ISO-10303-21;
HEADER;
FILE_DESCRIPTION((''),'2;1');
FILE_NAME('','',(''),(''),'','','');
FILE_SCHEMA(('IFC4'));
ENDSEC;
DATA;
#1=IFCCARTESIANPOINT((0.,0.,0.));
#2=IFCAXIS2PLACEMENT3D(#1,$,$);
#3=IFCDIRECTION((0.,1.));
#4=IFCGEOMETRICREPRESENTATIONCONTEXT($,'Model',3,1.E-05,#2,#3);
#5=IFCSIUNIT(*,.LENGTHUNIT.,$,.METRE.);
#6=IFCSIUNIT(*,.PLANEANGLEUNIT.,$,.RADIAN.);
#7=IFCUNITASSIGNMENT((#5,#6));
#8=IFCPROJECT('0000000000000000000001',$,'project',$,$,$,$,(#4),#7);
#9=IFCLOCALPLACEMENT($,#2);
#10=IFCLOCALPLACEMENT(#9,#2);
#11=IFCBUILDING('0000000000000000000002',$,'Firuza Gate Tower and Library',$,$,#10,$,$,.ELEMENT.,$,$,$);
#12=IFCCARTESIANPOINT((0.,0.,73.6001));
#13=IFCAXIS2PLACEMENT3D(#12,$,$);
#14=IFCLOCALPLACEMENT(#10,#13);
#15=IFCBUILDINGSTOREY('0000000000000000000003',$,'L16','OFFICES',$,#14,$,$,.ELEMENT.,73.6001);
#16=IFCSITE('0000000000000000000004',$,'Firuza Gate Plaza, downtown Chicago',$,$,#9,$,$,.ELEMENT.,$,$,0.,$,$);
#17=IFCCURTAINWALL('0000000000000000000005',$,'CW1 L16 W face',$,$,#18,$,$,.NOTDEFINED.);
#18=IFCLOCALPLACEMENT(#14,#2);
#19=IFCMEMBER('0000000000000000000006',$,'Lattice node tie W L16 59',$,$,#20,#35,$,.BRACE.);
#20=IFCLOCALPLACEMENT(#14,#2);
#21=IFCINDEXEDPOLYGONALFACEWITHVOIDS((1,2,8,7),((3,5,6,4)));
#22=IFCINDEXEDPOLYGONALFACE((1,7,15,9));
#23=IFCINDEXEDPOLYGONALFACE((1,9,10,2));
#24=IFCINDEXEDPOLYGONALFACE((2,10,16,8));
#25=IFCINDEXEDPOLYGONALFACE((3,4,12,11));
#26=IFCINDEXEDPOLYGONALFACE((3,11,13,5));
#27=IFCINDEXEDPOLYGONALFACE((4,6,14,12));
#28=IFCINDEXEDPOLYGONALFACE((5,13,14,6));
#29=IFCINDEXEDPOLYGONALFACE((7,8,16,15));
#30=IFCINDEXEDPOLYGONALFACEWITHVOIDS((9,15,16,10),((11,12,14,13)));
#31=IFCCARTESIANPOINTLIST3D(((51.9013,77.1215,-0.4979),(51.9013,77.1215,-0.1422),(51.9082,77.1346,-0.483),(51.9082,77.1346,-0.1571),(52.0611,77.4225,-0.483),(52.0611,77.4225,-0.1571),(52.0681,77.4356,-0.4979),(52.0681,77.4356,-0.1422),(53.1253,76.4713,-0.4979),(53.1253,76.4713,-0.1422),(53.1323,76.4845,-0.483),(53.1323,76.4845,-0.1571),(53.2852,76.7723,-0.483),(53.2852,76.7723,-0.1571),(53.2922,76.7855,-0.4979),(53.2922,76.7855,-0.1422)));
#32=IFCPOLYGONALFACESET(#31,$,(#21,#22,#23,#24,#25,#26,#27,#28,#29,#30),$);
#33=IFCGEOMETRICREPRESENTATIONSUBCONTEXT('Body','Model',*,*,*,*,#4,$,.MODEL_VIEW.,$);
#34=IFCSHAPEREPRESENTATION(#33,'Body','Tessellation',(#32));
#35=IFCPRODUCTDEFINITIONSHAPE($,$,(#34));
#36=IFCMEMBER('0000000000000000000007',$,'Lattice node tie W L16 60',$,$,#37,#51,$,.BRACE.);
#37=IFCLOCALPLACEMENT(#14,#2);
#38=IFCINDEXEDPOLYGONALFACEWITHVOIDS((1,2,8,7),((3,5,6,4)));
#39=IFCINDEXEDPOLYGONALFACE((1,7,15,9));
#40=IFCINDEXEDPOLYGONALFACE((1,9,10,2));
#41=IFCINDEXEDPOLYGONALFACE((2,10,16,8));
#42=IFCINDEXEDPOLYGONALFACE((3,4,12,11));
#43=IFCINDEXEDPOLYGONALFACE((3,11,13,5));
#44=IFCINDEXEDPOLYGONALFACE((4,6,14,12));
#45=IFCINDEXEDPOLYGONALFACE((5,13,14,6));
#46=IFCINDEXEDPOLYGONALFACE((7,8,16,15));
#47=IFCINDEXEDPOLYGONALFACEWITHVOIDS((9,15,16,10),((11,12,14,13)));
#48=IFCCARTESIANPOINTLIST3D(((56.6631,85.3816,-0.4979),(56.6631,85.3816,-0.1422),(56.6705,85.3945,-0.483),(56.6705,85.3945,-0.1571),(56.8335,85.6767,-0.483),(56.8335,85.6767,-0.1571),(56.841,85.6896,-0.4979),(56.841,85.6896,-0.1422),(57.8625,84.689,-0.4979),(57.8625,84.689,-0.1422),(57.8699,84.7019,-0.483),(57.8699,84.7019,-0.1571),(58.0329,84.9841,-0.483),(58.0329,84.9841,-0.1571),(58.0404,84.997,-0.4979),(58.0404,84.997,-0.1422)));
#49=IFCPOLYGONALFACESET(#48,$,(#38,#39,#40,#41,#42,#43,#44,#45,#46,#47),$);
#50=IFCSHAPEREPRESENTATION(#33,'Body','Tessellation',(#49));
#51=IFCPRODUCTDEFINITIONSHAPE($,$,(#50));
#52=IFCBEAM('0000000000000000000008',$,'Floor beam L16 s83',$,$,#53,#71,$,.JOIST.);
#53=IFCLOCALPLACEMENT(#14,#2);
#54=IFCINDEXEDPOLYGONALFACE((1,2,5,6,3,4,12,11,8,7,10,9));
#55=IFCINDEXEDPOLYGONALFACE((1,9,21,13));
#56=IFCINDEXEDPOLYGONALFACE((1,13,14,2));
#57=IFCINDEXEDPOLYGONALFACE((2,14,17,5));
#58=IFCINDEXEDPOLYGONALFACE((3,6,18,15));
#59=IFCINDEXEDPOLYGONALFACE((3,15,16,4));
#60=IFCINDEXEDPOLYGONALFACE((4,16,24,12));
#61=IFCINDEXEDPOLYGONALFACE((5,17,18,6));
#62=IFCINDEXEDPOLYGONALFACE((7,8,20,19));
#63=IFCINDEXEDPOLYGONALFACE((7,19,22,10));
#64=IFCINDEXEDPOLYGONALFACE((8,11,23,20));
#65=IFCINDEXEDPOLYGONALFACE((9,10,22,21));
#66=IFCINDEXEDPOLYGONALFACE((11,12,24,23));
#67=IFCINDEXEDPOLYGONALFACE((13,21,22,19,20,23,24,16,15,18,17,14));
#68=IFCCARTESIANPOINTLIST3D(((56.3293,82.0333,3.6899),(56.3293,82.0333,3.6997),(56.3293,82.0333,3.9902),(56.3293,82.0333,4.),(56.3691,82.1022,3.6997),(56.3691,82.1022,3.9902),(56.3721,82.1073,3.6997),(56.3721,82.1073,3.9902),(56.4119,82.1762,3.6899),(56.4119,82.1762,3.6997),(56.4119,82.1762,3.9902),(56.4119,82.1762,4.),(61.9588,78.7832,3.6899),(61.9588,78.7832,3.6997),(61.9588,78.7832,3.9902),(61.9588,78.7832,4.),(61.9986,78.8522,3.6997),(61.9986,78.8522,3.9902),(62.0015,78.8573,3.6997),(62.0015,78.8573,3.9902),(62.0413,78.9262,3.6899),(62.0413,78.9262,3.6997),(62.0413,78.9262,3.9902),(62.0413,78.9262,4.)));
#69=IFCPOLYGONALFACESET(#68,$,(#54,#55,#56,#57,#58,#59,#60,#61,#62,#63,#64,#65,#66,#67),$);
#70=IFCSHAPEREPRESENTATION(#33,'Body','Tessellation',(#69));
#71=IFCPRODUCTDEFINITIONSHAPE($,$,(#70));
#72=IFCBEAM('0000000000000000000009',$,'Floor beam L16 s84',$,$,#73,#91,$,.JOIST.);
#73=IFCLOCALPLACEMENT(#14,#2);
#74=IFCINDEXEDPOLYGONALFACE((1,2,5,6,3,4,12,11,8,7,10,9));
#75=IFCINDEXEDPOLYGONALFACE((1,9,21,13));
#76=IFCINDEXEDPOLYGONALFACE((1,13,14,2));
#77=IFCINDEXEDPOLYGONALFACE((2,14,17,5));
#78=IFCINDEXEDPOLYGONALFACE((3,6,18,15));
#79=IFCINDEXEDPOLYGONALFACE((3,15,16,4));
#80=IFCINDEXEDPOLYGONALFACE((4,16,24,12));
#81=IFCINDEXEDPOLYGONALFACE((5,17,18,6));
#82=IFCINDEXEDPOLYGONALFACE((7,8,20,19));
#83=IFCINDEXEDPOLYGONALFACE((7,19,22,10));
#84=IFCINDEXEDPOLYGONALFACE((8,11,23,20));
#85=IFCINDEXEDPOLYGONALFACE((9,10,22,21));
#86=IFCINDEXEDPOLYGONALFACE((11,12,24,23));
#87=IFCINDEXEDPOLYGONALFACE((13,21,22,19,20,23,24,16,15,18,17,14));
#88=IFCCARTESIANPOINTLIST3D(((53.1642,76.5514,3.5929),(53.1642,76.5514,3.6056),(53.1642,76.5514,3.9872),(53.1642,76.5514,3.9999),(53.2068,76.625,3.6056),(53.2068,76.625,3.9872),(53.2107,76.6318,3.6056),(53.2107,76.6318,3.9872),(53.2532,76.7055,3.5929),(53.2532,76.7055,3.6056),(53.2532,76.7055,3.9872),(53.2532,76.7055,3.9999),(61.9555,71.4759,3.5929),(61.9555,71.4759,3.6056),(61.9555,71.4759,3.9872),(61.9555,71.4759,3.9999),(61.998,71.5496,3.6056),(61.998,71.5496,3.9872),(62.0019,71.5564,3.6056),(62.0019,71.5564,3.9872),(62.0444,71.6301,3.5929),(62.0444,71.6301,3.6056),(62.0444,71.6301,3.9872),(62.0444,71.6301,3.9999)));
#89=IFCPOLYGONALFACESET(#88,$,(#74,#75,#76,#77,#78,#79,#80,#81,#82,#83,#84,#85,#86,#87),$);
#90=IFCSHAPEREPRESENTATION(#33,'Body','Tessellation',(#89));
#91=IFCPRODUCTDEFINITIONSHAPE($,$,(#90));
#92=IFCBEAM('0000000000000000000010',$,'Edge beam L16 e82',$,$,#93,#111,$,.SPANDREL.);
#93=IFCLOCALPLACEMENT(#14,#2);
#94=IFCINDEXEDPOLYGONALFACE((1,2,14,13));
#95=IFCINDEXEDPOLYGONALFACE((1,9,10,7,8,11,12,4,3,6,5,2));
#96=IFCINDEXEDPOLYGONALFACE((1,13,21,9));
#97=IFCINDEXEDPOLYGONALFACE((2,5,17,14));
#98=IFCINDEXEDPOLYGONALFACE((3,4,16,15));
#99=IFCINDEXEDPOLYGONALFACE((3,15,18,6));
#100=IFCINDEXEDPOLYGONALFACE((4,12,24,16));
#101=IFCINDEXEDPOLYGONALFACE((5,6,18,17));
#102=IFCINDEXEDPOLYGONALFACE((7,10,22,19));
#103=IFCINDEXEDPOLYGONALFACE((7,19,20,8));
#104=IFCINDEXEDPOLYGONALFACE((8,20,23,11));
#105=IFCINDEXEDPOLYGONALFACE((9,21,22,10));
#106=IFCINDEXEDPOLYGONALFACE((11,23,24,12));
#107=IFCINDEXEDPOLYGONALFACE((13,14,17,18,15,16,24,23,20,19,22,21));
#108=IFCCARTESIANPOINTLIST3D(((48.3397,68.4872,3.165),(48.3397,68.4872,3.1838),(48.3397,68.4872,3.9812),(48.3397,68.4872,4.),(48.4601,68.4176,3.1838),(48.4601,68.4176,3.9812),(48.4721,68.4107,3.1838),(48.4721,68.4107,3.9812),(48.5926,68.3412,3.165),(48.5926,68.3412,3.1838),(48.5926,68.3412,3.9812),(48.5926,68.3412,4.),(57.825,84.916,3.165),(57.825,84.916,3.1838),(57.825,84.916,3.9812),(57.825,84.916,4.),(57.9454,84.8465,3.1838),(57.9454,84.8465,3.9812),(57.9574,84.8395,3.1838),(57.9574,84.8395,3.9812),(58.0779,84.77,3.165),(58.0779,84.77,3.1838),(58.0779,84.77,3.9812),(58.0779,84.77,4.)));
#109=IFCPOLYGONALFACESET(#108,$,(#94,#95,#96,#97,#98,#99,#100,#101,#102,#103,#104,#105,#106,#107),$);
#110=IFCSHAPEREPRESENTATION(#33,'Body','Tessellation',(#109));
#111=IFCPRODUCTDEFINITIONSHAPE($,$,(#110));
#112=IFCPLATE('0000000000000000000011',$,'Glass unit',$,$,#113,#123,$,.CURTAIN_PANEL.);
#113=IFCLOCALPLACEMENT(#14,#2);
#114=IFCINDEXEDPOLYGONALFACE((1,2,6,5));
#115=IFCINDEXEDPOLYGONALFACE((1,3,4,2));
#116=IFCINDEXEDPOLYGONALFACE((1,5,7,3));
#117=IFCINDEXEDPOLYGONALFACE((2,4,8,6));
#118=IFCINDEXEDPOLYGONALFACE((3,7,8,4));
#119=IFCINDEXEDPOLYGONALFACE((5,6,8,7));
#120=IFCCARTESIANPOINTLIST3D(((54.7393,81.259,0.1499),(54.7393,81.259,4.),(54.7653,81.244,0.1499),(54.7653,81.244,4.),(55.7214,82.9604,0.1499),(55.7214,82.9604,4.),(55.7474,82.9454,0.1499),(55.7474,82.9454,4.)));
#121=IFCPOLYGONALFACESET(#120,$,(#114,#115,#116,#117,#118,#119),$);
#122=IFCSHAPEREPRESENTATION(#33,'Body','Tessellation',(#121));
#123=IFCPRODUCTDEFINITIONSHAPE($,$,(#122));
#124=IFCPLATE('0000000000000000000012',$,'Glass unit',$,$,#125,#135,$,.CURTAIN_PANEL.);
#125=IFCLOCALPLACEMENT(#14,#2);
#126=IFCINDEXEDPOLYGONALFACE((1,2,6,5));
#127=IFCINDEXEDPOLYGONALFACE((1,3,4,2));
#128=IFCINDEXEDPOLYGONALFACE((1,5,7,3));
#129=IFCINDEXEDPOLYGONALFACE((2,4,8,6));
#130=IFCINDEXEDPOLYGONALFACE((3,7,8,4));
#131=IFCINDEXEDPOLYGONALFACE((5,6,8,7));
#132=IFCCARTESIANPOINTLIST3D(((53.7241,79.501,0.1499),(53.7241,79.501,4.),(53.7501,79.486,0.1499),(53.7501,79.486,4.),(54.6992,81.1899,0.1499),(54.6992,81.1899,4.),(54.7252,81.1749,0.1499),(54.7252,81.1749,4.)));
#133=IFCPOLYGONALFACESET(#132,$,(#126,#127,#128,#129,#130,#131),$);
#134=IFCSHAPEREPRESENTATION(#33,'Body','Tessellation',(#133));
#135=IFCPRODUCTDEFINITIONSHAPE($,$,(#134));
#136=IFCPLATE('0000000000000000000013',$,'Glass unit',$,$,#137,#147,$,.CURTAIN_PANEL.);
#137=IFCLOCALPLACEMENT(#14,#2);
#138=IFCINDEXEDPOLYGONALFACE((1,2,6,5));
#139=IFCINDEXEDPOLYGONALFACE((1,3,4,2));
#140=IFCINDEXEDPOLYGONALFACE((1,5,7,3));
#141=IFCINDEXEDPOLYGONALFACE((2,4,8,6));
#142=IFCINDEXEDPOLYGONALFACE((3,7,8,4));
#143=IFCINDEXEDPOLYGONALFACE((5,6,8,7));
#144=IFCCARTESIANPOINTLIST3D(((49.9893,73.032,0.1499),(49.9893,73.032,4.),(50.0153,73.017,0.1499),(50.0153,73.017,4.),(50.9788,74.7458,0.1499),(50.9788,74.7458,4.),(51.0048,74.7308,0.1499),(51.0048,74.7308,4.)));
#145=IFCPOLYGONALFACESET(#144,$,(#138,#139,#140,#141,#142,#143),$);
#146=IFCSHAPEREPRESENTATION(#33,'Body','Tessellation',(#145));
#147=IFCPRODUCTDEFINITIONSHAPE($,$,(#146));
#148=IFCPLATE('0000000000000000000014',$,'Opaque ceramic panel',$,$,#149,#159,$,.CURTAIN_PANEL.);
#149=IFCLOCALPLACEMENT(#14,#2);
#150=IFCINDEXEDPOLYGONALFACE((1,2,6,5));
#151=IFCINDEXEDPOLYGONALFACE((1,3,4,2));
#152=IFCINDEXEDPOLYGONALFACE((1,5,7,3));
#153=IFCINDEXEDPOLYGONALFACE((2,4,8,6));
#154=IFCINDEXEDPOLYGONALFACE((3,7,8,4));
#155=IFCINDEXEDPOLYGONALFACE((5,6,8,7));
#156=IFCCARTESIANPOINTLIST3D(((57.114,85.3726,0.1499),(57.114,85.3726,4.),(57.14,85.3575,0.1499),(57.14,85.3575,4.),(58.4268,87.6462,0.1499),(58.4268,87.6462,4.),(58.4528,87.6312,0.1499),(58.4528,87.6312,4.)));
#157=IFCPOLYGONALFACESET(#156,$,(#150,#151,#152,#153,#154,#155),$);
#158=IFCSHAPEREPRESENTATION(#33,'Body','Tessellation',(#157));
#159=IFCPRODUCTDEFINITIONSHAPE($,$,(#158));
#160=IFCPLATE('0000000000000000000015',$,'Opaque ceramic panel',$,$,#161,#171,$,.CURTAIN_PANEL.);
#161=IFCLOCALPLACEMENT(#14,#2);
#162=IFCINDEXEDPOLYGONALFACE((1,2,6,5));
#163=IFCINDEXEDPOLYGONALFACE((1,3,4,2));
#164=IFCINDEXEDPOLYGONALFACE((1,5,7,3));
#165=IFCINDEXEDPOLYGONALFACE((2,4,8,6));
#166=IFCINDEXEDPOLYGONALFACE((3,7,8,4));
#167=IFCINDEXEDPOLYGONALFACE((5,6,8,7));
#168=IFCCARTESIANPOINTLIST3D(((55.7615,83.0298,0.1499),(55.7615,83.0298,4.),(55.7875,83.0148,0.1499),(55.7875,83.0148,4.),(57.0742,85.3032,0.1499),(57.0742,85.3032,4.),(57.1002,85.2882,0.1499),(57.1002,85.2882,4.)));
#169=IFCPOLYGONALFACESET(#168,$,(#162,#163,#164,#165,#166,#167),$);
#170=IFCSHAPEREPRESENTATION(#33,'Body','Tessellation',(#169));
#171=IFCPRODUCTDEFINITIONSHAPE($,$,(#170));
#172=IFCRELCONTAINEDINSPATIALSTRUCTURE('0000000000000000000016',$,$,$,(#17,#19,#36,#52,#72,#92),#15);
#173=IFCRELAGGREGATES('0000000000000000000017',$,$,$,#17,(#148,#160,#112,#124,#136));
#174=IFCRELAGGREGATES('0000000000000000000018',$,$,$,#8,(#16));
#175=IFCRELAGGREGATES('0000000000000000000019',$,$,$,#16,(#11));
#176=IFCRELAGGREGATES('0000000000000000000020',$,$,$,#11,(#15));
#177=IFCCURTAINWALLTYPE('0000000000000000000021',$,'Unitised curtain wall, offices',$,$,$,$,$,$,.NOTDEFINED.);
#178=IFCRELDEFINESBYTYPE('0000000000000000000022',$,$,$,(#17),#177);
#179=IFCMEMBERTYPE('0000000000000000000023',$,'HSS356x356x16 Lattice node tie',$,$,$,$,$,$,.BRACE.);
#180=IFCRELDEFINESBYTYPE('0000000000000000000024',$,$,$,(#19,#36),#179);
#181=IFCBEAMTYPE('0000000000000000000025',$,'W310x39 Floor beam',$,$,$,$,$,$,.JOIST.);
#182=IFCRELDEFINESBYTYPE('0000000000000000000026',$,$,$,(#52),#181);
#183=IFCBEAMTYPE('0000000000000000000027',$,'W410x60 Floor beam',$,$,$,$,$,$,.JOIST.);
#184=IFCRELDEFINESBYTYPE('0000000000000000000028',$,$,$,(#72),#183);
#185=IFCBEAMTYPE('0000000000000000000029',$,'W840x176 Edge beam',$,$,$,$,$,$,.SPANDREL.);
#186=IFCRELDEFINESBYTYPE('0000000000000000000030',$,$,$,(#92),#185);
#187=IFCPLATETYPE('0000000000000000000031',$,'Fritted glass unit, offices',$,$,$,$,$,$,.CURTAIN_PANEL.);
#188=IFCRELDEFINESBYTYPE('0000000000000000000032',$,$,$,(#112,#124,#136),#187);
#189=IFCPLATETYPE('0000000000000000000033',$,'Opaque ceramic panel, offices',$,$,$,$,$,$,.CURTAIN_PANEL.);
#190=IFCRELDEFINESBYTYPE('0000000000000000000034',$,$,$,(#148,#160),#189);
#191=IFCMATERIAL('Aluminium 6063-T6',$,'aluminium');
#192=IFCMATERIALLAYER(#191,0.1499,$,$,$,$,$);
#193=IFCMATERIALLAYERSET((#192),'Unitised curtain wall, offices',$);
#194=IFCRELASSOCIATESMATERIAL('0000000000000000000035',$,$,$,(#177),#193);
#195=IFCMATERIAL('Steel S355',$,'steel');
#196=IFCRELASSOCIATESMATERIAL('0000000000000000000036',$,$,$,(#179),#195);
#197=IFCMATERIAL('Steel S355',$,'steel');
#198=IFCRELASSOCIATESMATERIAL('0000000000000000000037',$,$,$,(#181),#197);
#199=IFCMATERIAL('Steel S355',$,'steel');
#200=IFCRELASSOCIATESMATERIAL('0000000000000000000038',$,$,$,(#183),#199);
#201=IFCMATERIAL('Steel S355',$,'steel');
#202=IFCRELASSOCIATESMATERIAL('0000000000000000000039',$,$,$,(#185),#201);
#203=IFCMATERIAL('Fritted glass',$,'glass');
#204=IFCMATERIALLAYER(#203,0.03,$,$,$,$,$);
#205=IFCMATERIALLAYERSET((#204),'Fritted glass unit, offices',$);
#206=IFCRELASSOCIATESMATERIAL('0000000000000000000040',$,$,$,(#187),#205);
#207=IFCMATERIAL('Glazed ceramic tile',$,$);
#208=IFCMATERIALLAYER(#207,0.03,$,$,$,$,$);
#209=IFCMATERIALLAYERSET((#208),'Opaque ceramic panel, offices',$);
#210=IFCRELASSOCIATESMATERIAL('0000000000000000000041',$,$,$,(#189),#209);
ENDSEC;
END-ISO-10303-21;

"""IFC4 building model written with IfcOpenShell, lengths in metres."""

from ifc_helpers import new_model, si_unit, direction, frame, origin, origin_2d, place, context, subcontext, project, spatial, polyline, hollow_rectangle, i_section, outline, extrude, material, layer, layer_set, material_profile, profile_set, type_object, element, aggregate, save


model = new_model("IFC4")

# Units and contexts
model_context = context("Model", 3, precision=1e-05, world=origin(), true_north=direction((0.0, 1.0)))
body_context = subcontext(model_context, "Body", "Model", "MODEL_VIEW")
ifc_project = project(units=[si_unit("LENGTHUNIT", "METRE"), si_unit("PLANEANGLEUNIT", "RADIAN")], contexts=[model_context])

# Site, building, storey
site_placement = place(None, origin())
site = spatial("IfcSite", under=ifc_project, at=site_placement, Name="Firuza Gate Plaza, downtown Chicago", CompositionType="ELEMENT", RefElevation=0.0)
building_placement = place(site_placement, origin())
building = spatial("IfcBuilding", under=site, at=building_placement, Name="Firuza Gate Tower and Library", CompositionType="ELEMENT")
storey_placement = place(building_placement, frame((0.0, 0.0, 73.6001)))
storey = spatial("IfcBuildingStorey", under=building, at=storey_placement, Name="L16", Description="OFFICES", CompositionType="ELEMENT", Elevation=73.6001)

# Curtain wall
ifc_material_1 = material(Name="Aluminium 6063-T6", Category="aluminium")
ifc_layer_1 = layer(ifc_material_1, 0.1499)
ifc_layer_set_1 = layer_set([ifc_layer_1], Name="Unitised curtain wall, offices")
curtain_wall_type = type_object("IfcCurtainWallType", Name="Unitised curtain wall, offices", PredefinedType="NOTDEFINED", material=ifc_layer_set_1)
curtain_wall_placement = place(storey_placement, origin())
curtain_wall = element("IfcCurtainWall", 1, at=curtain_wall_placement, inside=storey, type_object=curtain_wall_type, Name="CW1 L16 W face", PredefinedType="NOTDEFINED")

# Members
ifc_material_2 = material(Name="Steel S355", Category="steel")
ifc_material_profile_1 = material_profile(ifc_material_2, hollow_rectangle(XDim=0.3557, YDim=0.3557, WallThickness=0.0149, at=origin_2d()))
ifc_profile_set_1 = profile_set([ifc_material_profile_1], Name="Steel S355")
member_type_1 = type_object("IfcMemberType", Name="HSS356x356x16 Lattice node tie", PredefinedType="BRACE", material=ifc_profile_set_1)
member_1_placement = place(storey_placement, frame((53.2087, 76.6284, -0.3201), z_axis=(-0.883166, 0.469061, 0.0), x_axis=(-0.469061, -0.883166, 0.0)))
element("IfcMember", 2, at=member_1_placement, inside=storey, type_object=member_type_1, Name="Lattice node tie W L16 59", PredefinedType="BRACE", context=body_context, shape_type="SweptSolid", body=[
    extrude(hollow_rectangle(XDim=0.3557, YDim=0.3557, WallThickness=0.0149, at=origin_2d()), origin(), (0.0, 0.0, 1.0), 1.386),
])
member_2_placement = place(storey_placement, frame((57.9514, 84.843, -0.3201), z_axis=(-0.865989, 0.500063, 0.0), x_axis=(-0.500063, -0.865989, 0.0)))
element("IfcMember", 3, at=member_2_placement, inside=storey, type_object=member_type_1, Name="Lattice node tie W L16 60", PredefinedType="BRACE", context=body_context, shape_type="SweptSolid", body=[
    extrude(hollow_rectangle(XDim=0.3557, YDim=0.3557, WallThickness=0.0149, at=origin_2d()), origin(), (0.0, 0.0, 1.0), 1.385),
])

# Beams
ifc_material_3 = material(Name="Steel S355", Category="steel")
ifc_material_profile_2 = material_profile(ifc_material_3, i_section(OverallWidth=0.165, OverallDepth=0.3101, WebThickness=0.0059, FlangeThickness=0.0098, at=origin_2d()))
ifc_profile_set_2 = profile_set([ifc_material_profile_2], Name="Steel S355")
beam_type_1 = type_object("IfcBeamType", Name="W310x39 Floor beam", PredefinedType="JOIST", material=ifc_profile_set_2)
beam_1_placement = place(storey_placement, frame((56.3706, 82.1047, 3.845), z_axis=(0.866034, -0.499985, 0.0), x_axis=(0.499985, 0.866034, 0.0)))
element("IfcBeam", 4, at=beam_1_placement, inside=storey, type_object=beam_type_1, Name="Floor beam L16 s83", PredefinedType="JOIST", context=body_context, shape_type="SweptSolid", body=[
    extrude(i_section(OverallWidth=0.165, OverallDepth=0.3101, WebThickness=0.0059, FlangeThickness=0.0098, at=origin_2d()), origin(), (0.0, 0.0, 1.0), 6.5002),
])
ifc_material_4 = material(Name="Steel S355", Category="steel")
ifc_material_profile_3 = material_profile(ifc_material_4, i_section(OverallWidth=0.178, OverallDepth=0.407, WebThickness=0.0078, FlangeThickness=0.0127, at=origin_2d()))
ifc_profile_set_3 = profile_set([ifc_material_profile_3], Name="Steel S355")
beam_type_2 = type_object("IfcBeamType", Name="W410x60 Floor beam", PredefinedType="JOIST", material=ifc_profile_set_3)
beam_2_placement = place(storey_placement, frame((53.2087, 76.6284, 3.7964), z_axis=(0.866034, -0.499985, 0.0), x_axis=(0.499985, 0.866034, 0.0)))
element("IfcBeam", 5, at=beam_2_placement, inside=storey, type_object=beam_type_2, Name="Floor beam L16 s84", PredefinedType="JOIST", context=body_context, shape_type="SweptSolid", body=[
    extrude(i_section(OverallWidth=0.178, OverallDepth=0.407, WebThickness=0.0078, FlangeThickness=0.0127, at=origin_2d()), origin(), (0.0, 0.0, 1.0), 10.1511),
])
ifc_material_5 = material(Name="Steel S355", Category="steel")
ifc_material_profile_4 = material_profile(ifc_material_5, i_section(OverallWidth=0.292, OverallDepth=0.835, WebThickness=0.0139, FlangeThickness=0.0188, at=origin_2d()))
ifc_profile_set_4 = profile_set([ifc_material_profile_4], Name="Steel S355")
beam_type_3 = type_object("IfcBeamType", Name="W840x176 Edge beam", PredefinedType="SPANDREL", material=ifc_profile_set_4)
beam_3_placement = place(storey_placement, frame((57.9514, 84.843, 3.5825), z_axis=(-0.500004, -0.866023, 0.0), x_axis=(0.866023, -0.500004, 0.0)))
element("IfcBeam", 6, at=beam_3_placement, inside=storey, type_object=beam_type_3, Name="Edge beam L16 e82", PredefinedType="SPANDREL", context=body_context, shape_type="SweptSolid", body=[
    extrude(i_section(OverallWidth=0.292, OverallDepth=0.835, WebThickness=0.0139, FlangeThickness=0.0188, at=origin_2d()), origin(), (0.0, 0.0, 1.0), 18.9705),
])

# Plates
ifc_material_6 = material(Name="Fritted glass", Category="glass")
ifc_layer_2 = layer(ifc_material_6, 0.03)
ifc_layer_set_2 = layer_set([ifc_layer_2], Name="Fritted glass unit, offices")
plate_type_1 = type_object("IfcPlateType", Name="Fritted glass unit, offices", PredefinedType="CURTAIN_PANEL", material=ifc_layer_set_2)
plate_1_placement = place(storey_placement, frame((55.7214, 82.9604, 0.1499), z_axis=(-0.866055, 0.499948, 0.0), x_axis=(-0.499948, -0.866055, 0.0)))
plate_1 = element("IfcPlate", 7, at=plate_1_placement, type_object=plate_type_1, Name="Glass unit", PredefinedType="CURTAIN_PANEL", context=body_context, shape_type="SweptSolid", body=[
    extrude(outline(polyline([(0.0, 0.0), (1.9646, 0.0), (1.9646, 3.8501), (0.0, 3.8501), (0.0, 0.0)])), origin(), (0.0, 0.0, -1.0), 0.03),
])
plate_2_placement = place(storey_placement, frame((54.6992, 81.1899, 0.1499), z_axis=(-0.866031, 0.49999, 0.0), x_axis=(-0.49999, -0.866031, 0.0)))
plate_2 = element("IfcPlate", 8, at=plate_2_placement, type_object=plate_type_1, Name="Glass unit", PredefinedType="CURTAIN_PANEL", context=body_context, shape_type="SweptSolid", body=[
    extrude(outline(polyline([(0.0, 0.0), (1.9502, 0.0), (1.9502, 3.8501), (0.0, 3.8501), (0.0, 0.0)])), origin(), (0.0, 0.0, -1.0), 0.03),
])
plate_3_placement = place(storey_placement, frame((50.9788, 74.7458, 0.1499), z_axis=(-0.866025, 0.5, 0.0), x_axis=(-0.5, -0.866025, 0.0)))
plate_3 = element("IfcPlate", 9, at=plate_3_placement, type_object=plate_type_1, Name="Glass unit", PredefinedType="CURTAIN_PANEL", context=body_context, shape_type="SweptSolid", body=[
    extrude(outline(polyline([(0.0, 0.0), (1.979, 0.0), (1.979, 3.8501), (0.0, 3.8501), (0.0, 0.0)])), origin(), (0.0, 0.0, -1.0), 0.03),
])
ifc_material_7 = material(Name="Glazed ceramic tile")
ifc_layer_3 = layer(ifc_material_7, 0.03)
ifc_layer_set_3 = layer_set([ifc_layer_3], Name="Opaque ceramic panel, offices")
plate_type_2 = type_object("IfcPlateType", Name="Opaque ceramic panel, offices", PredefinedType="CURTAIN_PANEL", material=ifc_layer_set_3)
plate_4_placement = place(storey_placement, frame((58.4268, 87.6462, 0.1499), z_axis=(-0.86602, 0.50001, 0.0), x_axis=(-0.50001, -0.86602, 0.0)))
plate_4 = element("IfcPlate", 10, at=plate_4_placement, type_object=plate_type_2, Name="Opaque ceramic panel", PredefinedType="CURTAIN_PANEL", context=body_context, shape_type="SweptSolid", body=[
    extrude(outline(polyline([(0.0, 0.0), (2.6254, 0.0), (2.6254, 3.8501), (0.0, 3.8501), (0.0, 0.0)])), origin(), (0.0, 0.0, -1.0), 0.03),
])
plate_5_placement = place(storey_placement, frame((57.0742, 85.3032, 0.1499), z_axis=(-0.865997, 0.50005, 0.0), x_axis=(-0.50005, -0.865997, 0.0)))
plate_5 = element("IfcPlate", 11, at=plate_5_placement, type_object=plate_type_2, Name="Opaque ceramic panel", PredefinedType="CURTAIN_PANEL", context=body_context, shape_type="SweptSolid", body=[
    extrude(outline(polyline([(0.0, 0.0), (2.6252, 0.0), (2.6252, 3.8501), (0.0, 3.8501), (0.0, 0.0)])), origin(), (0.0, 0.0, -1.0), 0.03),
])
aggregate(curtain_wall, [plate_4, plate_5, plate_1, plate_2, plate_3])

save(model, "model.ifc")
